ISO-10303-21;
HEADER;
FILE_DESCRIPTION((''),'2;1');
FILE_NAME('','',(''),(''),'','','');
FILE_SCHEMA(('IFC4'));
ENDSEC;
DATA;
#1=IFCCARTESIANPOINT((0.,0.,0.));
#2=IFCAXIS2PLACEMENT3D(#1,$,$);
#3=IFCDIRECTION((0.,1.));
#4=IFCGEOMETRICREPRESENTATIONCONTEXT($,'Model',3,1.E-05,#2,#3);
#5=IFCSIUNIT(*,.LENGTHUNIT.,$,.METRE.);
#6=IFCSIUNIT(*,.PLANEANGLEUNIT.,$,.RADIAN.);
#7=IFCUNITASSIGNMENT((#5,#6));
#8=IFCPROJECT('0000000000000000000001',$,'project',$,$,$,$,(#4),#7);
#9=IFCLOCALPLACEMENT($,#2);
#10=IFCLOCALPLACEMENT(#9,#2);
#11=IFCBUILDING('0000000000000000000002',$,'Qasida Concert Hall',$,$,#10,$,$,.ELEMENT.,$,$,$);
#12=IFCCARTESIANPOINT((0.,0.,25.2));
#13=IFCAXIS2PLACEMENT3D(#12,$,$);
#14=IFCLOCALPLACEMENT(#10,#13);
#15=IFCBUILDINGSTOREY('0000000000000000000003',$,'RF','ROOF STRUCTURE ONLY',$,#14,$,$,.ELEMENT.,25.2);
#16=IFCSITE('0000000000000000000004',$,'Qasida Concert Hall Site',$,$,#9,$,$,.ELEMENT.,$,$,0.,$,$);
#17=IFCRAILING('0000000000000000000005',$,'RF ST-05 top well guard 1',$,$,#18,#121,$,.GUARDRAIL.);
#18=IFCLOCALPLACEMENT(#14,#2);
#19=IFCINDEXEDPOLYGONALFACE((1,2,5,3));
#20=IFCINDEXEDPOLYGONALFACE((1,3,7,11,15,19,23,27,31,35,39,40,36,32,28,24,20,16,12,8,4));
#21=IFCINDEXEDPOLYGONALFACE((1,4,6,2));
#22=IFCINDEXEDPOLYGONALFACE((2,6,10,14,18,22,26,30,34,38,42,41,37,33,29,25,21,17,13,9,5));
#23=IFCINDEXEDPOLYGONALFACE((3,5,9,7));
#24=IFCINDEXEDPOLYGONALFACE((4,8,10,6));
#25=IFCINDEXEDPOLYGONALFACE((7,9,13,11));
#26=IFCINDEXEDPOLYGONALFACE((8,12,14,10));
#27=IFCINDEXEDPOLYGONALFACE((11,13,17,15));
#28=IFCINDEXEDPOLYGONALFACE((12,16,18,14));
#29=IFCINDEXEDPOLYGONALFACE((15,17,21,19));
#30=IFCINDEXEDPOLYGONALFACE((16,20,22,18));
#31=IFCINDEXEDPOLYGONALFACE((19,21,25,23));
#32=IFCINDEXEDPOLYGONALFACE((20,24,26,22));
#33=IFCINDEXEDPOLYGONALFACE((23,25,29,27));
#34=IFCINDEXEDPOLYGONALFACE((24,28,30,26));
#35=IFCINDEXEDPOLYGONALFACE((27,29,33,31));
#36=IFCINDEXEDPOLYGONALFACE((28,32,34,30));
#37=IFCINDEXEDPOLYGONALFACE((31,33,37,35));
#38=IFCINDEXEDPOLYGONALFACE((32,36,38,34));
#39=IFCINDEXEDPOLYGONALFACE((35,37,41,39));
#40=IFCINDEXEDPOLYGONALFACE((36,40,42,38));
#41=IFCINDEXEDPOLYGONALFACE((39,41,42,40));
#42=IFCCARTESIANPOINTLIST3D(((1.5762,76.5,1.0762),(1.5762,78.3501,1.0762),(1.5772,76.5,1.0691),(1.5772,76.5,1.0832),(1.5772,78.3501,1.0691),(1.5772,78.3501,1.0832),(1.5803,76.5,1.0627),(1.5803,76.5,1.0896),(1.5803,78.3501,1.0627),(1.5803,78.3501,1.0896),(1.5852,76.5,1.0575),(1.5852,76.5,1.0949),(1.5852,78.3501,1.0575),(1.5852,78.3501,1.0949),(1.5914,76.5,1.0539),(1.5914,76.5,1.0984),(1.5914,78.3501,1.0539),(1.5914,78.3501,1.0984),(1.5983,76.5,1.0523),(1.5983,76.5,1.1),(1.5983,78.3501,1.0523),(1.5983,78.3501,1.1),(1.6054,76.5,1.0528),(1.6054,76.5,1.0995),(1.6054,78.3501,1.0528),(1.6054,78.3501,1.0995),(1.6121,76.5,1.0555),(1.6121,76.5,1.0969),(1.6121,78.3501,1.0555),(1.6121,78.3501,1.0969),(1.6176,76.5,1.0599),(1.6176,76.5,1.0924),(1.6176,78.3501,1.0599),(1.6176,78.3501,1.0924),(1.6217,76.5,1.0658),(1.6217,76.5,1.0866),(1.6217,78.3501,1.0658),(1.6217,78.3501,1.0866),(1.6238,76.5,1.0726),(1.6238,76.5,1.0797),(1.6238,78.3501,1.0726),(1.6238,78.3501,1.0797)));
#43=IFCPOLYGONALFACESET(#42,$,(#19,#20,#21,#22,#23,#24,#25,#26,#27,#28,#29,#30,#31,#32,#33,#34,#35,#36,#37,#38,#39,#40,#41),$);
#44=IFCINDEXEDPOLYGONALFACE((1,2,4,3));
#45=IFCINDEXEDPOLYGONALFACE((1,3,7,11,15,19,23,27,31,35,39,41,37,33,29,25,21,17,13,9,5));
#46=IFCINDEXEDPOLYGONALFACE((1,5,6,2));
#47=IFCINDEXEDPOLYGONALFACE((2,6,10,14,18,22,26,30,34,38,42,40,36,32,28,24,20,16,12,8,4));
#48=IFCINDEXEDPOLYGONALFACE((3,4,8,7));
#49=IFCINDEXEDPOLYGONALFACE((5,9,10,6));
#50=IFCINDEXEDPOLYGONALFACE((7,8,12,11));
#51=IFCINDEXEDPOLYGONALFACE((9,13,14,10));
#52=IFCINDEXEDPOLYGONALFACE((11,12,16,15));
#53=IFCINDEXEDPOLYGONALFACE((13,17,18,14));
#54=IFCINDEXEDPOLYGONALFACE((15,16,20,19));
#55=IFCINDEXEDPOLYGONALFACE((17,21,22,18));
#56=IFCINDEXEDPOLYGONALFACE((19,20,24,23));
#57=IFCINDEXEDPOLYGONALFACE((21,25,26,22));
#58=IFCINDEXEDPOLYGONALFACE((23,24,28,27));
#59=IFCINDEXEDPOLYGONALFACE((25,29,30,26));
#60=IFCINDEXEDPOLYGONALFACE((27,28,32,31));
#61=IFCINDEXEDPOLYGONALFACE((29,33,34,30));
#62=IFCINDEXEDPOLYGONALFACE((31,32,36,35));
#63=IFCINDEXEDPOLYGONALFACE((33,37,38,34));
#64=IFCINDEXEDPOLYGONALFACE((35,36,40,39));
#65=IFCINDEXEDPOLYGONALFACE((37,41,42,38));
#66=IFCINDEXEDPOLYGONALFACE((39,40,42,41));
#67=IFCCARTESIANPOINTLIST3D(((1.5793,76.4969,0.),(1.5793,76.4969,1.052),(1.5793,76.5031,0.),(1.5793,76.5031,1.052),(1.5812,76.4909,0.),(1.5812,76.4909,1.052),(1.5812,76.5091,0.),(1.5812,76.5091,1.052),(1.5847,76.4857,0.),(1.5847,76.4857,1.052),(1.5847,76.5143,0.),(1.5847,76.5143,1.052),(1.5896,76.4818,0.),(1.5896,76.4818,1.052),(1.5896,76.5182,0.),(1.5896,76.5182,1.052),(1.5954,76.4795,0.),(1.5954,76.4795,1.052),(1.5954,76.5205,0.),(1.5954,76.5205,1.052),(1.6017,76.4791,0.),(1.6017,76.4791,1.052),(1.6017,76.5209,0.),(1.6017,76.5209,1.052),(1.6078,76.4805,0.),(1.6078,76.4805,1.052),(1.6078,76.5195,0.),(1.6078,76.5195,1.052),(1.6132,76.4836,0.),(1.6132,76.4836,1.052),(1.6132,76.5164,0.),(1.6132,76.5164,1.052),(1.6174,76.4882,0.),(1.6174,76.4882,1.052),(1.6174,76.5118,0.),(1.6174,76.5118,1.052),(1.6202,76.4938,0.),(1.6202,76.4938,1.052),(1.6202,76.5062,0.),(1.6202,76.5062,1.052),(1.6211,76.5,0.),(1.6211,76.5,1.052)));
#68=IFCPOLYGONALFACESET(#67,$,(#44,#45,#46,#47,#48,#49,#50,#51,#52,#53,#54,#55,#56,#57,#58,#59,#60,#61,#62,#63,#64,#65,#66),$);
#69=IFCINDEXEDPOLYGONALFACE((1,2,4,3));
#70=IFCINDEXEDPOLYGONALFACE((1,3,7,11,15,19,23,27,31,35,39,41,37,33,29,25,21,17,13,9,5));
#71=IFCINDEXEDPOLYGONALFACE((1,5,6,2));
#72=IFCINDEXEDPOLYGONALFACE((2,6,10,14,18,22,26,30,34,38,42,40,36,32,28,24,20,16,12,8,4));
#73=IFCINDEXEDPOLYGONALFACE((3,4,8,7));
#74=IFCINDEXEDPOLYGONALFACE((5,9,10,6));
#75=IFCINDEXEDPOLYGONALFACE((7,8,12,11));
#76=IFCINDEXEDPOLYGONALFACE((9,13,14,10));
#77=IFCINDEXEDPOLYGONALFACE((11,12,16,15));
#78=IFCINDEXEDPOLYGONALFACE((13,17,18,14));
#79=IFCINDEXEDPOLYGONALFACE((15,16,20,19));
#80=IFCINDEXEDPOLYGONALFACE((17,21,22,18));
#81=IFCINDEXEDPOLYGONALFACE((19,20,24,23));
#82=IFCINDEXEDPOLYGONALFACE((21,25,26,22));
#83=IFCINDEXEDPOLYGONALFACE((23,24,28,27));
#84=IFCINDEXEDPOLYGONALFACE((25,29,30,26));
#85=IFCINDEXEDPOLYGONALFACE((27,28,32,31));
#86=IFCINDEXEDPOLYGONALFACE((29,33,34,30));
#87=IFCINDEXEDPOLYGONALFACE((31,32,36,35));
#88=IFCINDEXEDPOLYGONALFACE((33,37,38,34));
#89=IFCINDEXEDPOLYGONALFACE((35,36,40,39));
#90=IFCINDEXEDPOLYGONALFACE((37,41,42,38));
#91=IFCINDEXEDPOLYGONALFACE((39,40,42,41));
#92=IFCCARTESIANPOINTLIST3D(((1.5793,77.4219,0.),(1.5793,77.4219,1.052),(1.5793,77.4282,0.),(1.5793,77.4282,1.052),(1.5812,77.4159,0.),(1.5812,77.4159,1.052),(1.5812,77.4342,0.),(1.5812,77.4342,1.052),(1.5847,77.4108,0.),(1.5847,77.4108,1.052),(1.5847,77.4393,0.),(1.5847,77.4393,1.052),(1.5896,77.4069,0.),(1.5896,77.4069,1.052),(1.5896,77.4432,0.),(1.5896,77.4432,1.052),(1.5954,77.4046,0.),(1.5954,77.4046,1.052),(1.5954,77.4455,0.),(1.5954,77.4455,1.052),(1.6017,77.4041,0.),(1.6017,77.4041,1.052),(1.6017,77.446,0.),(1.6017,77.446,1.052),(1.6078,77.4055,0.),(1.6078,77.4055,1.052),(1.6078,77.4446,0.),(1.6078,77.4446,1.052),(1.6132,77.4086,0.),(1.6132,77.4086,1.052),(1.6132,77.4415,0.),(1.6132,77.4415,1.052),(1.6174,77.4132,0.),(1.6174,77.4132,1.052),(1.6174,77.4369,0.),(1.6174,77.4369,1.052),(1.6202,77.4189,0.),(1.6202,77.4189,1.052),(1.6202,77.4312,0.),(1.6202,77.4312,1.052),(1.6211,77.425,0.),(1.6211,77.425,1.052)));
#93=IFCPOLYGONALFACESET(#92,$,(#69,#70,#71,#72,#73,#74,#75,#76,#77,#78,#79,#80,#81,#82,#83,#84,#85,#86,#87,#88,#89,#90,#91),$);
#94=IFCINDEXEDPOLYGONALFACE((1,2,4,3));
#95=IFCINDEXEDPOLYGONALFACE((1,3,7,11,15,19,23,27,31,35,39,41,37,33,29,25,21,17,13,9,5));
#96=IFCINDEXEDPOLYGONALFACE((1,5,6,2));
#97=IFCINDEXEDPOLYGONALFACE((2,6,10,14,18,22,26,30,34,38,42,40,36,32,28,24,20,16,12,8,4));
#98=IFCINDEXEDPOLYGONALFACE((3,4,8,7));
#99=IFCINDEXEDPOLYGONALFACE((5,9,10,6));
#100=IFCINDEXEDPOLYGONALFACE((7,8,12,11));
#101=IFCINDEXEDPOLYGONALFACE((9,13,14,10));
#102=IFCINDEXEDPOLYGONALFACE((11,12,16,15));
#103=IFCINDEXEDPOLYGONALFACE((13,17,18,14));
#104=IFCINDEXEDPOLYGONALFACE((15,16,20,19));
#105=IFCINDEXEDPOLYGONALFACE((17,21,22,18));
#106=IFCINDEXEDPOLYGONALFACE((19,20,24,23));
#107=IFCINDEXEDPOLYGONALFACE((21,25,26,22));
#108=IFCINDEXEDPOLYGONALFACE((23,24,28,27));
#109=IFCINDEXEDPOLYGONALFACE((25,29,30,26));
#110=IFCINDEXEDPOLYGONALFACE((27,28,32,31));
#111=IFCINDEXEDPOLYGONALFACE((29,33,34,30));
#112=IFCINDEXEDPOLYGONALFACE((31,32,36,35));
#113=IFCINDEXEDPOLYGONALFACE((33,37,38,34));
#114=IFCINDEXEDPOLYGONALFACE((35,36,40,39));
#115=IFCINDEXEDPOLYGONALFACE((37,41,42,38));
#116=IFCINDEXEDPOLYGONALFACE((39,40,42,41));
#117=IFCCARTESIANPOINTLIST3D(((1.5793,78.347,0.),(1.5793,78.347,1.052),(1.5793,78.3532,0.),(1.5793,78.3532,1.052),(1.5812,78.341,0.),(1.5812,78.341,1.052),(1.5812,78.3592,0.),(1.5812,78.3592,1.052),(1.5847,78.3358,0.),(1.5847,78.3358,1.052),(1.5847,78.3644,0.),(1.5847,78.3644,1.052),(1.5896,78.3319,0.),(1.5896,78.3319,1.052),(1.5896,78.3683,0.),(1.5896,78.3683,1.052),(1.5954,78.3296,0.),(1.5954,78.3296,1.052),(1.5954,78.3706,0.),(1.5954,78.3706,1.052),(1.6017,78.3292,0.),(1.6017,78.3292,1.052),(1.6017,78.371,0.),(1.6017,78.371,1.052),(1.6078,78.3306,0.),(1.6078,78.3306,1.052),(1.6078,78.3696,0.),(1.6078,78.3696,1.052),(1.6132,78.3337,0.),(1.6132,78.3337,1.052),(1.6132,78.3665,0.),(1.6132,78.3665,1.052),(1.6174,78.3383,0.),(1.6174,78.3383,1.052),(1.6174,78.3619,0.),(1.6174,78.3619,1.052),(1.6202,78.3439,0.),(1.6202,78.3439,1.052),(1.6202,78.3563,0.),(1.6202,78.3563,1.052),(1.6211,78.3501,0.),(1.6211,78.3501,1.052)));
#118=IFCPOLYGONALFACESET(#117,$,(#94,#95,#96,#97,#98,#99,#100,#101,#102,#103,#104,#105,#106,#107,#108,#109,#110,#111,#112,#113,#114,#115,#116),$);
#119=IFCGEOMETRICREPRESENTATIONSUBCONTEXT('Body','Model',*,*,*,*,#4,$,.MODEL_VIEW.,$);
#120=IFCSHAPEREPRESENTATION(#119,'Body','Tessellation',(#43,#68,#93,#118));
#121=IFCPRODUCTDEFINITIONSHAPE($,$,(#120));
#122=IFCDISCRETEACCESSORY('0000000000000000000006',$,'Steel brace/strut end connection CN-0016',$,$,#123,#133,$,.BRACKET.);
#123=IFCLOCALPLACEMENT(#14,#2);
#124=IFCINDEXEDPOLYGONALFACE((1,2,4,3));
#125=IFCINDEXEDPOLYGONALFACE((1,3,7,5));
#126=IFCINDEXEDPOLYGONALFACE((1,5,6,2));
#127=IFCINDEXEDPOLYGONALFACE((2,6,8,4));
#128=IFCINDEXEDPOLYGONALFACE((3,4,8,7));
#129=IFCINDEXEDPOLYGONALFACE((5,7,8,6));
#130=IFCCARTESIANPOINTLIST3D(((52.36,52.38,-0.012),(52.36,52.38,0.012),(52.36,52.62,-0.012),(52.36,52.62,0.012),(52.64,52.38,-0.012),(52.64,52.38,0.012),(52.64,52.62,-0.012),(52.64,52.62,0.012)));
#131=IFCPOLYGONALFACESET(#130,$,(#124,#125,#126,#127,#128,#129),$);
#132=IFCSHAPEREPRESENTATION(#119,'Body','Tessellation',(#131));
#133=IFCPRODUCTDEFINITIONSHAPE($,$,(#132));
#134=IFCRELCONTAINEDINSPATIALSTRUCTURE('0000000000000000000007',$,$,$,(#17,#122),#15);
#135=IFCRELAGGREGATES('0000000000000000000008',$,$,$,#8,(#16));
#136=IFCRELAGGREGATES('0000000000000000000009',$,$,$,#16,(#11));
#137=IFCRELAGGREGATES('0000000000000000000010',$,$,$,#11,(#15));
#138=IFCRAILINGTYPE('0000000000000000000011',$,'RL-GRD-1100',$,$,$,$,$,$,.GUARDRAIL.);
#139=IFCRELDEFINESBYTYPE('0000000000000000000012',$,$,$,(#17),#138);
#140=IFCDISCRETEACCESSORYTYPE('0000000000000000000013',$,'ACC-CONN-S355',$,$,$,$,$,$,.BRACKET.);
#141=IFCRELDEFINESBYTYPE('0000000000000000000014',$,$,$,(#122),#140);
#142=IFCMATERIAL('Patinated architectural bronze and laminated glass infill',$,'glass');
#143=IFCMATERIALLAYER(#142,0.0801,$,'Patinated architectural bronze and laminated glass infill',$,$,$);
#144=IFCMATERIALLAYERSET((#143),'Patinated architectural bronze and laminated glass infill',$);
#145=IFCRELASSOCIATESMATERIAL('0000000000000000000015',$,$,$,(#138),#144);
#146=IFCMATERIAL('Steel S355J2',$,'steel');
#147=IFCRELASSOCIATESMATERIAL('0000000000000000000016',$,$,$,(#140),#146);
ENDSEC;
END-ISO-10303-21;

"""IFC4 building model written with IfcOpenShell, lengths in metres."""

from ifc_helpers import new_model, si_unit, direction, frame, origin, origin_2d, place, context, subcontext, project, spatial, rectangle, circle, extrude, material, layer, layer_set, type_object, element, save


model = new_model("IFC4")

# Units and contexts
model_context = context("Model", 3, precision=1e-05, world=origin(), true_north=direction((0.0, 1.0)))
body_context = subcontext(model_context, "Body", "Model", "MODEL_VIEW")
ifc_project = project(units=[si_unit("LENGTHUNIT", "METRE"), si_unit("PLANEANGLEUNIT", "RADIAN")], contexts=[model_context])

# Site, building, storey
site_placement = place(None, origin())
site = spatial("IfcSite", under=ifc_project, at=site_placement, Name="Qasida Concert Hall Site", CompositionType="ELEMENT", RefElevation=0.0)
building_placement = place(site_placement, origin())
building = spatial("IfcBuilding", under=site, at=building_placement, Name="Qasida Concert Hall", CompositionType="ELEMENT")
storey_placement = place(building_placement, frame((0.0, 0.0, 25.2)))
storey = spatial("IfcBuildingStorey", under=building, at=storey_placement, Name="RF", Description="ROOF STRUCTURE ONLY", CompositionType="ELEMENT", Elevation=25.2)

# Shared definitions
ifc_material_1 = material(Name="Steel S355J2", Category="steel")

# Railing
ifc_material_2 = material(Name="Patinated architectural bronze and laminated glass infill", Category="glass")
ifc_layer_1 = layer(ifc_material_2, 0.0801, Name="Patinated architectural bronze and laminated glass infill")
ifc_layer_set_1 = layer_set([ifc_layer_1], Name="Patinated architectural bronze and laminated glass infill")
railing_type = type_object("IfcRailingType", Name="RL-GRD-1100", PredefinedType="GUARDRAIL", material=ifc_layer_set_1)
railing_placement = place(storey_placement, frame((1.6001, 76.5, 0.0)))
element("IfcRailing", 1, at=railing_placement, inside=storey, type_object=railing_type, Name="RF ST-05 top well guard 1", PredefinedType="GUARDRAIL", context=body_context, shape_type="SweptSolid", body=[
    extrude(circle(Radius=0.0239, at=origin_2d()), frame((0.0, 0.0, 1.0762), z_axis=(0.0, 1.0, 0.0), x_axis=(-1.0, 0.0, 0.0)), (0.0, 0.0, 1.0), 1.8501),
    extrude(circle(Radius=0.021, at=origin_2d()), origin(), (0.0, 0.0, 1.0), 1.052),
    extrude(circle(Radius=0.021, at=origin_2d()), frame((0.0, 0.925, 0.0)), (0.0, 0.0, 1.0), 1.052),
    extrude(circle(Radius=0.021, at=origin_2d()), frame((0.0, 1.8501, 0.0)), (0.0, 0.0, 1.0), 1.052),
])

# Discrete accessory
discrete_accessory_type = type_object("IfcDiscreteAccessoryType", Name="ACC-CONN-S355", PredefinedType="BRACKET", material=ifc_material_1)
discrete_accessory_placement = place(storey_placement, frame((52.5, 52.5, -0.012), z_axis=(0.0, 0.0, 1.0), x_axis=(1.0, 0.0, 0.0)))
element("IfcDiscreteAccessory", 2, at=discrete_accessory_placement, inside=storey, type_object=discrete_accessory_type, Name="Steel brace/strut end connection CN-0016", PredefinedType="BRACKET", context=body_context, shape_type="SweptSolid", body=[
    extrude(rectangle(XDim=0.28, YDim=0.24, at=origin_2d()), origin(), (0.0, 0.0, 1.0), 0.0239),
])

save(model, "model.ifc")
